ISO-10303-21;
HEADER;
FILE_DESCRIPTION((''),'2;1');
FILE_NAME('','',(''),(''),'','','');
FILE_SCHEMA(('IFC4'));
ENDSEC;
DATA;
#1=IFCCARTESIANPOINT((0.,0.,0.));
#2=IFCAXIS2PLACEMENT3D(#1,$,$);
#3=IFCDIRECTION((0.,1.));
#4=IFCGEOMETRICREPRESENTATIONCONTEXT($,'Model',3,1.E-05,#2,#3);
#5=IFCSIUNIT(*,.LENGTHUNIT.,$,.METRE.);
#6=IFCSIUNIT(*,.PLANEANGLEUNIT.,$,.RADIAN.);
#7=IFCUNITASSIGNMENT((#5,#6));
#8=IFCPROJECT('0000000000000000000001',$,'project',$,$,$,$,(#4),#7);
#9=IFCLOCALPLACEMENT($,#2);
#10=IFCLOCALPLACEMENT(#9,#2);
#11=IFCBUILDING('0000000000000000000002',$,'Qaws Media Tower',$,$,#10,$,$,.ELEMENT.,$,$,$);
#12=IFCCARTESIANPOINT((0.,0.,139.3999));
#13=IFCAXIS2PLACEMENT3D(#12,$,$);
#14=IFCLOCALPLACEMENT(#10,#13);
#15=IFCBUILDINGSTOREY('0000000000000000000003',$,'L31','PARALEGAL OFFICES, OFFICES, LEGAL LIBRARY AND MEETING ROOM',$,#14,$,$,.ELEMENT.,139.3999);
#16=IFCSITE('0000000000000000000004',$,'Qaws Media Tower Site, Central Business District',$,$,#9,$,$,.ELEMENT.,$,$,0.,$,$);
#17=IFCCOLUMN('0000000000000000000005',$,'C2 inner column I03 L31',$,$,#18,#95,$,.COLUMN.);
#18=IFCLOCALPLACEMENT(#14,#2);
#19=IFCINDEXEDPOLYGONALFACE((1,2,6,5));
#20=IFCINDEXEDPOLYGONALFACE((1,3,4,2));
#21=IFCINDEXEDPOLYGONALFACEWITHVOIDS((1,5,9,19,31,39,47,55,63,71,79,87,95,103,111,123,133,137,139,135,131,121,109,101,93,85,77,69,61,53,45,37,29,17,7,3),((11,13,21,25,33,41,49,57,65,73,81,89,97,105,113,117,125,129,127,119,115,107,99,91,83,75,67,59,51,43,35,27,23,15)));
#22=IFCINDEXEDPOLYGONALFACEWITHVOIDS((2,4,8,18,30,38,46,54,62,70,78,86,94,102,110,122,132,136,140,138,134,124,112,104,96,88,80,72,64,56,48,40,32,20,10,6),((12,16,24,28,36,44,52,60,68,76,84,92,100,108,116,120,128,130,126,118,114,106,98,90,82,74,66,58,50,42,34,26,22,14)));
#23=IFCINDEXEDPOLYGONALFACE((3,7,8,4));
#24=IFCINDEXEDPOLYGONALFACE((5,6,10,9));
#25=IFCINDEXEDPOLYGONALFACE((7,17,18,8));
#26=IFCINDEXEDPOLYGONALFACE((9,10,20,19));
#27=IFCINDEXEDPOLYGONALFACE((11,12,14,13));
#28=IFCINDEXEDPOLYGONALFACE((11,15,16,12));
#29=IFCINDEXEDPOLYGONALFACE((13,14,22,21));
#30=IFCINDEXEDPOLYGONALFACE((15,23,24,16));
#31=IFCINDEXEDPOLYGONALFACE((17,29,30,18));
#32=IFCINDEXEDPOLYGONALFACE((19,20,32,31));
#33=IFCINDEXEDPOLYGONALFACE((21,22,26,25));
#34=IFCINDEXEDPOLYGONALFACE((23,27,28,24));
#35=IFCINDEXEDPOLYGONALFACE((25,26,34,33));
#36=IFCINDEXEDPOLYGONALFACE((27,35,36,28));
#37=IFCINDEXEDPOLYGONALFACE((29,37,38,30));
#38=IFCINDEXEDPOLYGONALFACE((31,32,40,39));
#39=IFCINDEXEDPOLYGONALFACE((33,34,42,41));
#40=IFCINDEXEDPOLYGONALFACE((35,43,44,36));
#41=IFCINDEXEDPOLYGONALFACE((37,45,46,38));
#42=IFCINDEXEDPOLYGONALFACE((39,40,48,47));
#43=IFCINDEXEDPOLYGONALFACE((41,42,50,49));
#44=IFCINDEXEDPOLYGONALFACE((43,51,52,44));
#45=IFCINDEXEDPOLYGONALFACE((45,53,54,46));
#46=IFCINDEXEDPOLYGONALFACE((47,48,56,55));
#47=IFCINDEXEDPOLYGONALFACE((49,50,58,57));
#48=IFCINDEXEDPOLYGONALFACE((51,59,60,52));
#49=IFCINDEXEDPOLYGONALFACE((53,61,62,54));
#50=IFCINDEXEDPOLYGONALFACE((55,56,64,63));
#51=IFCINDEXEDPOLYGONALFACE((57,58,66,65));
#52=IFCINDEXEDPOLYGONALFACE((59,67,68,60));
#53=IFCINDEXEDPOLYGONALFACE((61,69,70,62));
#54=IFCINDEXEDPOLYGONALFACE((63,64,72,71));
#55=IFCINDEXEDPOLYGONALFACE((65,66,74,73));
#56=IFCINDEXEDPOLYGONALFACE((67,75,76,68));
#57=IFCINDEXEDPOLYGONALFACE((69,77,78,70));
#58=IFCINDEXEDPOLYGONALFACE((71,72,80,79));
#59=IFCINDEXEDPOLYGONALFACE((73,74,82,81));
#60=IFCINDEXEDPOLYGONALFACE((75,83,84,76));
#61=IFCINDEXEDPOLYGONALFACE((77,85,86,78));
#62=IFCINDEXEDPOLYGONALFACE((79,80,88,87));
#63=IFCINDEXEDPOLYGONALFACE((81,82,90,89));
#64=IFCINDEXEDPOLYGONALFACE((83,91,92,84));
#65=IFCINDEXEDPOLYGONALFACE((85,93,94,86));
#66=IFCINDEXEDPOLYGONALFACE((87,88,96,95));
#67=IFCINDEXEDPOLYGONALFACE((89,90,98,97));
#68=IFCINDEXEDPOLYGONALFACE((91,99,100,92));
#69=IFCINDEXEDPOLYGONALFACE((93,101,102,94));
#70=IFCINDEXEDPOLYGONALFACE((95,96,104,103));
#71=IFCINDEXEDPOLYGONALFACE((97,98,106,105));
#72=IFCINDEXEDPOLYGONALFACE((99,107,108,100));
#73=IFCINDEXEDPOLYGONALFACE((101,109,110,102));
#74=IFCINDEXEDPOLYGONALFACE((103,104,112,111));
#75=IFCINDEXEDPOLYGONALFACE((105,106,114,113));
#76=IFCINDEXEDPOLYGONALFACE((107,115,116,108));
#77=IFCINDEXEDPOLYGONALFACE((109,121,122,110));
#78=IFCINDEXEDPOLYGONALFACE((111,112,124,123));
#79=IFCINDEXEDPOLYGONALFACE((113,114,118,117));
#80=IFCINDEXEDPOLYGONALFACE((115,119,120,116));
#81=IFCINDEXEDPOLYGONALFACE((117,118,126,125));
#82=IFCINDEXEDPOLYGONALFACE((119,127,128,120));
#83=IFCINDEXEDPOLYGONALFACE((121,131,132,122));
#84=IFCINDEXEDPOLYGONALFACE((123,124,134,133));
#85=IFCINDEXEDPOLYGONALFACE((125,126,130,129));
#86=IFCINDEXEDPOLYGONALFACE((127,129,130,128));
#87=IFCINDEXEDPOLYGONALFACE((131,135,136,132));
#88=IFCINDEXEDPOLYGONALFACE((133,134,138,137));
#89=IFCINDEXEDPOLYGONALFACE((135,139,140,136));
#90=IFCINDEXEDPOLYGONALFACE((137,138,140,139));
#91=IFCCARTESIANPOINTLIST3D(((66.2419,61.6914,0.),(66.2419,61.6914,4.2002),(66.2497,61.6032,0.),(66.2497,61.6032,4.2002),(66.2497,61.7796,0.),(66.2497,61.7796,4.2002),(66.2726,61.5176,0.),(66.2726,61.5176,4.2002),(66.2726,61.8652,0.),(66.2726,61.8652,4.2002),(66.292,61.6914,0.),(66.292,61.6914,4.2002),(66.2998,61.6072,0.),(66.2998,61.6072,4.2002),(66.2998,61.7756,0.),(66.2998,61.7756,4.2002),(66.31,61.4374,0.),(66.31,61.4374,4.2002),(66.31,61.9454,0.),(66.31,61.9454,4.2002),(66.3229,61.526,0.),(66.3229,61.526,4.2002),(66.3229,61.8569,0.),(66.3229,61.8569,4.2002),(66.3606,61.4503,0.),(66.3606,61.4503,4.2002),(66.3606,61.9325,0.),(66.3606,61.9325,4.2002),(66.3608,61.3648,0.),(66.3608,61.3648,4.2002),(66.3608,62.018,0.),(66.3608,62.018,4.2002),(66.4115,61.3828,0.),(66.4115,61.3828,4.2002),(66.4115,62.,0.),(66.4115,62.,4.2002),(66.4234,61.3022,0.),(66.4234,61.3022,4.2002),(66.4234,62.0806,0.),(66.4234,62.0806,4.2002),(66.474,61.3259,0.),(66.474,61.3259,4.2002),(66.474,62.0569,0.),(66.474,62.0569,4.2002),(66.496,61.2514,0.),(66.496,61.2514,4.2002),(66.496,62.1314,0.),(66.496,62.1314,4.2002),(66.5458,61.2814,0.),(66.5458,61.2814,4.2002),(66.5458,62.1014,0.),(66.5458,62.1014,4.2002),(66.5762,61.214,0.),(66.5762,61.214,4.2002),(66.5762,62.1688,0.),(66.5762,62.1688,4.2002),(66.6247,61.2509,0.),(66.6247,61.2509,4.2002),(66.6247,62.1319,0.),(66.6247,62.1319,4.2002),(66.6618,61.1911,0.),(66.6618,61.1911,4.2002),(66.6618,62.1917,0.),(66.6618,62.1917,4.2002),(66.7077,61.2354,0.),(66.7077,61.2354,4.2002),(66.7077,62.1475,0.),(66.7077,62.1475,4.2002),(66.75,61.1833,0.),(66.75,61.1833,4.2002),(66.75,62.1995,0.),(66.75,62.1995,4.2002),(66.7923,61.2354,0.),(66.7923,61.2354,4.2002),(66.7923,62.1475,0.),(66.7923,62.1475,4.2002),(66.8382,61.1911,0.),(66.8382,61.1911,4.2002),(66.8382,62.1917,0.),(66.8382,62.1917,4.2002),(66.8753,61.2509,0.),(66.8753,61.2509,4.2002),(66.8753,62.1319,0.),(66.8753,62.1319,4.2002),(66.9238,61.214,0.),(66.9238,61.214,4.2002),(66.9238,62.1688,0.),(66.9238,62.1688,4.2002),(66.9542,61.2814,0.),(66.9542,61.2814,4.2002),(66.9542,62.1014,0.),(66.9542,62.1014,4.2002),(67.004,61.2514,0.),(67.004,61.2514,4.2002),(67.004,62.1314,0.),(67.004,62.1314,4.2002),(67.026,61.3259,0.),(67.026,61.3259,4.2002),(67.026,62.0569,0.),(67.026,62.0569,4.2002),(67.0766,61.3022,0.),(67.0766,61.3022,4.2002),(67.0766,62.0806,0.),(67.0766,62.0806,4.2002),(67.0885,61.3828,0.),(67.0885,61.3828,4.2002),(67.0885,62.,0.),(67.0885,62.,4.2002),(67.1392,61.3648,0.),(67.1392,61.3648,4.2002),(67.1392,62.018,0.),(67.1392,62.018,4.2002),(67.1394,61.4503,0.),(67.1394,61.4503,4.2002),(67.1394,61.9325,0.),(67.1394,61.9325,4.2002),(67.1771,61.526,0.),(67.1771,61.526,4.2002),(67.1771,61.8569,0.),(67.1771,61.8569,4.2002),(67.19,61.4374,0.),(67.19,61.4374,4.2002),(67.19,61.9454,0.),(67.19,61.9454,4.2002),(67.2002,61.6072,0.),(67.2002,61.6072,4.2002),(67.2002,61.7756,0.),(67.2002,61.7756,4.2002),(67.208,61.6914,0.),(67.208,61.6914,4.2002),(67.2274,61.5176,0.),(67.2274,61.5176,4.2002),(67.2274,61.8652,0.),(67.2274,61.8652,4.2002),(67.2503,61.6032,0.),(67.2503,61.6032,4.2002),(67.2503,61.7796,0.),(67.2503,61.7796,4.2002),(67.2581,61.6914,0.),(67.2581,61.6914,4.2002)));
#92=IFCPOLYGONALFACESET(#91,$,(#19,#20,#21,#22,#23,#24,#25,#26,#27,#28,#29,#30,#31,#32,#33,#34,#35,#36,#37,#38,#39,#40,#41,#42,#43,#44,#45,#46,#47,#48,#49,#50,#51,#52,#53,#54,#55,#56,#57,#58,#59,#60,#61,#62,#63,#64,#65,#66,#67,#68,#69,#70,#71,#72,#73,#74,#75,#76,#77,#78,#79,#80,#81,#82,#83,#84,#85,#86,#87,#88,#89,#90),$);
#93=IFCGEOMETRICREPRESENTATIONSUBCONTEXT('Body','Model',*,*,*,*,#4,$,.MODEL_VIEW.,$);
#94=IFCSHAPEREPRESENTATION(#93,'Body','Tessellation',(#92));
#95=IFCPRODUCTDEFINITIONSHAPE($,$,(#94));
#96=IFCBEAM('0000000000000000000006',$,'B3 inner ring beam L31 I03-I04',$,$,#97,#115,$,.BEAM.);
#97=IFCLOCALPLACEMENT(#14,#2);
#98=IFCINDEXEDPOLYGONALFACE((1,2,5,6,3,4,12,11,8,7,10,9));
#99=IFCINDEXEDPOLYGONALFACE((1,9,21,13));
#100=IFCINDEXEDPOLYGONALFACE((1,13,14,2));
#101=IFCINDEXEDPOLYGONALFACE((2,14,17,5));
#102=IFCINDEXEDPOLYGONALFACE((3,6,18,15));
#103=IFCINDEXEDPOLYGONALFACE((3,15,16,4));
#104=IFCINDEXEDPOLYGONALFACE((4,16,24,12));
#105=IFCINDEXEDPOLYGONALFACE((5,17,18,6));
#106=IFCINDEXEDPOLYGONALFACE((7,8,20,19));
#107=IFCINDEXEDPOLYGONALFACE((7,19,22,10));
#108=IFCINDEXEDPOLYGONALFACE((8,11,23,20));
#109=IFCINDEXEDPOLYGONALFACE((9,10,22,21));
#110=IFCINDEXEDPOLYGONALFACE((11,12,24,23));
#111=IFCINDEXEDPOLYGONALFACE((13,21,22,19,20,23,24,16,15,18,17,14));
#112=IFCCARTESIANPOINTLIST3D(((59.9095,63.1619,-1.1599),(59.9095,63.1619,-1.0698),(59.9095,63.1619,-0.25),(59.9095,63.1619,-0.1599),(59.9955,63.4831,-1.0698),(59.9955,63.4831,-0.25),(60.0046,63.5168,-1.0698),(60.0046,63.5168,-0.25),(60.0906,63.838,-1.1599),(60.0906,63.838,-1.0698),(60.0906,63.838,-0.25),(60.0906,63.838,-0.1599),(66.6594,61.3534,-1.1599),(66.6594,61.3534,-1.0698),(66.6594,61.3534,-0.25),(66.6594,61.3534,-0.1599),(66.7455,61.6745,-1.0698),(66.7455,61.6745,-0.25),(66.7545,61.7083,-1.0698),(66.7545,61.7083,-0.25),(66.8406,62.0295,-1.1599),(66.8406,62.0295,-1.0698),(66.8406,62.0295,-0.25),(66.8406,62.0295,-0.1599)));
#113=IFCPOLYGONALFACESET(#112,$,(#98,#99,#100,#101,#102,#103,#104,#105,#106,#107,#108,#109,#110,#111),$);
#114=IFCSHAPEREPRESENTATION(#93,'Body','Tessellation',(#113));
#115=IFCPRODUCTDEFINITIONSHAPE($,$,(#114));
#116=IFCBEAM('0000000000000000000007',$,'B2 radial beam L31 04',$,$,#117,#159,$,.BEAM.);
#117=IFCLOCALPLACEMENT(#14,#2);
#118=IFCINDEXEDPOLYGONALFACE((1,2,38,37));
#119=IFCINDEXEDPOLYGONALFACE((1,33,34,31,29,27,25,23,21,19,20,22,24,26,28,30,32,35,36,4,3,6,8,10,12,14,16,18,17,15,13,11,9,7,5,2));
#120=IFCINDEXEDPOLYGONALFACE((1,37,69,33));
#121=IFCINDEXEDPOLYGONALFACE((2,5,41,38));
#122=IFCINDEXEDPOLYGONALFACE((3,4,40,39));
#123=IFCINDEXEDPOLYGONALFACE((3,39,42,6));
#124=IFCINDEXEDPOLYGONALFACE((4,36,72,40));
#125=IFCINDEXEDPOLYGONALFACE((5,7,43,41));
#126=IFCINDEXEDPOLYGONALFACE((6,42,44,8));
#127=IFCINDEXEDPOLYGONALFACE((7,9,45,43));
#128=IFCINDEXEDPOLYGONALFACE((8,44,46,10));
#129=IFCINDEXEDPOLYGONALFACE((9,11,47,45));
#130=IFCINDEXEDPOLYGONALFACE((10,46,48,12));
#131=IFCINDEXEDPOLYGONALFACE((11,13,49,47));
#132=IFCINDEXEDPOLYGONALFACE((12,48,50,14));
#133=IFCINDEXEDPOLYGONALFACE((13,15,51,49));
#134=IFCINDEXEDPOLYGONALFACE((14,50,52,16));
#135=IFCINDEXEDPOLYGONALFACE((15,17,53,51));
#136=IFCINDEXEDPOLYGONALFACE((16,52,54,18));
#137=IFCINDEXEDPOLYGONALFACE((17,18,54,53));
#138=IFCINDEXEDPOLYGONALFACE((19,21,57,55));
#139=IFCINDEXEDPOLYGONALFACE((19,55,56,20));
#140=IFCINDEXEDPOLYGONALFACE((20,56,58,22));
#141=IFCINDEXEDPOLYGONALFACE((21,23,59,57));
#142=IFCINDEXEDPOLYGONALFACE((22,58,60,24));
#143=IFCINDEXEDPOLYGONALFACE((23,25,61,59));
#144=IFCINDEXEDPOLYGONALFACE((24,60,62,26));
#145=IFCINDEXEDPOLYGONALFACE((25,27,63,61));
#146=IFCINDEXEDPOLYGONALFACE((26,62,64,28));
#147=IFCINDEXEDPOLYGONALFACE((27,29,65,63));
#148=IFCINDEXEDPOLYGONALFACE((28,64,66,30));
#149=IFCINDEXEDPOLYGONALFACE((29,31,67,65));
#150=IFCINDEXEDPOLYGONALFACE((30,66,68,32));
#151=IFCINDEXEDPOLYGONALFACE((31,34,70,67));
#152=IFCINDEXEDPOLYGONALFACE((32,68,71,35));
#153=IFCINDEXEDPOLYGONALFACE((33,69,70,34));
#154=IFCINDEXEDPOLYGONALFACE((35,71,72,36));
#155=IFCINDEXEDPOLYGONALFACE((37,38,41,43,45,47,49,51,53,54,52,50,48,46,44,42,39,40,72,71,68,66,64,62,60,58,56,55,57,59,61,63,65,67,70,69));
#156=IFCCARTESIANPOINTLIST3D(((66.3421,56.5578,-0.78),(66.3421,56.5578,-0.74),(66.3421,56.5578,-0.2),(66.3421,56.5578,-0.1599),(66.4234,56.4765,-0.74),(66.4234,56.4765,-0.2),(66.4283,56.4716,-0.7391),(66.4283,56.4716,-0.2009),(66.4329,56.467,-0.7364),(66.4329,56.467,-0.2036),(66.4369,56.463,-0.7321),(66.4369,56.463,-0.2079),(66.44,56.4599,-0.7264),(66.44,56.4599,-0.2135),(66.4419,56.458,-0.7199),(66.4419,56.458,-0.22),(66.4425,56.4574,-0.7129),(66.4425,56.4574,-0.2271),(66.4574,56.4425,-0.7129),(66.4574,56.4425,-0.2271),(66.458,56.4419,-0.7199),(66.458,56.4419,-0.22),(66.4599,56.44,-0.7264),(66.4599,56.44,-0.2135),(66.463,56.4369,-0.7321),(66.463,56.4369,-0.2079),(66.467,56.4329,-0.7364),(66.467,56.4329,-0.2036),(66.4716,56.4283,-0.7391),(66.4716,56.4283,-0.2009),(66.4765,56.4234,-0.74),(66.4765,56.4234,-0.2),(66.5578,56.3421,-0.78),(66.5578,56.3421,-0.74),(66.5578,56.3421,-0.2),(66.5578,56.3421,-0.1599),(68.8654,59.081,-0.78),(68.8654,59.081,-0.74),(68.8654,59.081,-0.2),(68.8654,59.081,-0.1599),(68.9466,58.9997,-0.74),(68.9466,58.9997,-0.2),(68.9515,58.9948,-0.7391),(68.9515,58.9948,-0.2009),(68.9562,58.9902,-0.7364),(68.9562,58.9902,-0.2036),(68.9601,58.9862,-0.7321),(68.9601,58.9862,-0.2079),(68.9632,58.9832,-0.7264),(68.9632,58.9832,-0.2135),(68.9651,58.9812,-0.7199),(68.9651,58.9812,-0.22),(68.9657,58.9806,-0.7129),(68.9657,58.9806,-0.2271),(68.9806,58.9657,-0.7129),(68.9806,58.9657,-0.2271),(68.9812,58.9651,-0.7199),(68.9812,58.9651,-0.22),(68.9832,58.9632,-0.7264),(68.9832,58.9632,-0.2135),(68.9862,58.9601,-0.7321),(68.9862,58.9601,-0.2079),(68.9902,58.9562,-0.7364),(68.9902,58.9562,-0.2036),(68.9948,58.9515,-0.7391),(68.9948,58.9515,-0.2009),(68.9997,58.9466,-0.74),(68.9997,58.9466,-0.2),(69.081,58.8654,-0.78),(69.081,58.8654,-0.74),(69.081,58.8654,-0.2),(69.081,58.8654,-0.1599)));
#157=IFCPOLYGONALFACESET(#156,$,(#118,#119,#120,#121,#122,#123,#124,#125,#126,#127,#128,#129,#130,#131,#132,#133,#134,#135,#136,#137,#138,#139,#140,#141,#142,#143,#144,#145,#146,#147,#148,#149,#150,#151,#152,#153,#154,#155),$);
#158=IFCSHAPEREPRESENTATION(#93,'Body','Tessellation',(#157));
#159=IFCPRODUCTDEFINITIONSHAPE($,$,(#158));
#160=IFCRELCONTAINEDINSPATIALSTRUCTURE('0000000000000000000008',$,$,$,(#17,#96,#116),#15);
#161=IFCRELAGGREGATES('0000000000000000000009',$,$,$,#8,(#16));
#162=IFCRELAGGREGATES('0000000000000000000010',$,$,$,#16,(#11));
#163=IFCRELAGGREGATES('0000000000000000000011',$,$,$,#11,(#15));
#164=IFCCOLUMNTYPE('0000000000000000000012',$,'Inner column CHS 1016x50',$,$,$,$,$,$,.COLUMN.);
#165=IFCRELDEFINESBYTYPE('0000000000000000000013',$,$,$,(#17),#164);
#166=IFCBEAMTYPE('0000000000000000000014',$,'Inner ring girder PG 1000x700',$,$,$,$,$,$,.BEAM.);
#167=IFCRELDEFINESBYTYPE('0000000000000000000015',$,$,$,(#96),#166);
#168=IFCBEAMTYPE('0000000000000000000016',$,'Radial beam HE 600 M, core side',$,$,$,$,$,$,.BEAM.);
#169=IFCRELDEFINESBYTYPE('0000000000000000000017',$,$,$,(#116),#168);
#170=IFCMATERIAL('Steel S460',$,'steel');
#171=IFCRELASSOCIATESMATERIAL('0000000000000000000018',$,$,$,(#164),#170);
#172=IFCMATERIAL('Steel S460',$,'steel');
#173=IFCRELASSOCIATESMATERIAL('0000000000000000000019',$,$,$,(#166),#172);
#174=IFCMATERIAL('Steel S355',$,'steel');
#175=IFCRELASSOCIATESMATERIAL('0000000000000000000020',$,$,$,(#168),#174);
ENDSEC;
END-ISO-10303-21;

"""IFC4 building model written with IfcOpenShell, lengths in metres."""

from ifc_helpers import new_model, si_unit, direction, frame, origin, origin_2d, place, context, subcontext, project, spatial, hollow_circle, i_section, extrude, material, material_profile, profile_set, type_object, element, save


model = new_model("IFC4")

# Units and contexts
model_context = context("Model", 3, precision=1e-05, world=origin(), true_north=direction((0.0, 1.0)))
body_context = subcontext(model_context, "Body", "Model", "MODEL_VIEW")
ifc_project = project(units=[si_unit("LENGTHUNIT", "METRE"), si_unit("PLANEANGLEUNIT", "RADIAN")], contexts=[model_context])

# Site, building, storey
site_placement = place(None, origin())
site = spatial("IfcSite", under=ifc_project, at=site_placement, Name="Qaws Media Tower Site, Central Business District", CompositionType="ELEMENT", RefElevation=0.0)
building_placement = place(site_placement, origin())
building = spatial("IfcBuilding", under=site, at=building_placement, Name="Qaws Media Tower", CompositionType="ELEMENT")
storey_placement = place(building_placement, frame((0.0, 0.0, 139.3999)))
storey = spatial("IfcBuildingStorey", under=building, at=storey_placement, Name="L31", Description="PARALEGAL OFFICES, OFFICES, LEGAL LIBRARY AND MEETING ROOM", CompositionType="ELEMENT", Elevation=139.3999)

# Column
ifc_material_1 = material(Name="Steel S460", Category="steel")
ifc_material_profile_1 = material_profile(ifc_material_1, hollow_circle(Radius=0.5081, WallThickness=0.05, at=origin_2d()), Name="CHS 1016x50")
ifc_profile_set_1 = profile_set([ifc_material_profile_1], Name="Steel S460")
column_type = type_object("IfcColumnType", Name="Inner column CHS 1016x50", PredefinedType="COLUMN", material=ifc_profile_set_1)
column_placement = place(storey_placement, frame((66.75, 61.6914, 0.0), z_axis=(0.0, 0.0, 1.0), x_axis=(1.0, 0.0, 0.0)))
element("IfcColumn", 1, at=column_placement, inside=storey, type_object=column_type, Name="C2 inner column I03 L31", PredefinedType="COLUMN", context=body_context, shape_type="SweptSolid", body=[
    extrude(hollow_circle(Radius=0.5081, WallThickness=0.05, at=origin_2d()), origin(), (0.0, 0.0, 1.0), 4.2002),
])

# Beams
ifc_material_2 = material(Name="Steel S460", Category="steel")
ifc_material_profile_2 = material_profile(ifc_material_2, i_section(OverallWidth=0.7, OverallDepth=1.0, WebThickness=0.0349, FlangeThickness=0.0901, at=origin_2d()), Name="PG 1000x700")
ifc_profile_set_2 = profile_set([ifc_material_profile_2], Name="Steel S460")
beam_type_1 = type_object("IfcBeamType", Name="Inner ring girder PG 1000x700", PredefinedType="BEAM", material=ifc_profile_set_2)
beam_1_placement = place(storey_placement, frame((66.75, 61.6914, -0.6599), z_axis=(-0.965928, 0.258811, 0.0), x_axis=(-0.258811, -0.965928, 0.0)))
element("IfcBeam", 2, at=beam_1_placement, inside=storey, type_object=beam_type_1, Name="B3 inner ring beam L31 I03-I04", PredefinedType="BEAM", context=body_context, shape_type="SweptSolid", body=[
    extrude(i_section(OverallWidth=0.7, OverallDepth=1.0, WebThickness=0.0349, FlangeThickness=0.0901, at=origin_2d()), origin(), (0.0, 0.0, 1.0), 6.988),
])
ifc_material_3 = material(Name="Steel S355", Category="steel")
ifc_material_profile_3 = material_profile(ifc_material_3, i_section(OverallWidth=0.3049, OverallDepth=0.6201, WebThickness=0.021, FlangeThickness=0.04, FilletRadius=0.0271, at=origin_2d()), Name="HE 600 M")
ifc_profile_set_3 = profile_set([ifc_material_profile_3], Name="Steel S355")
beam_type_2 = type_object("IfcBeamType", Name="Radial beam HE 600 M, core side", PredefinedType="BEAM", material=ifc_profile_set_3)
beam_2_placement = place(storey_placement, frame((66.45, 56.45, -0.47), z_axis=(0.707107, 0.707107, 0.0), x_axis=(-0.707107, 0.707107, 0.0)))
element("IfcBeam", 3, at=beam_2_placement, inside=storey, type_object=beam_type_2, Name="B2 radial beam L31 04", PredefinedType="BEAM", context=body_context, shape_type="SweptSolid", body=[
    extrude(i_section(OverallWidth=0.3049, OverallDepth=0.6201, WebThickness=0.021, FlangeThickness=0.04, FilletRadius=0.0271, at=origin_2d()), origin(), (0.0, 0.0, 1.0), 3.5684),
])

save(model, "model.ifc")
